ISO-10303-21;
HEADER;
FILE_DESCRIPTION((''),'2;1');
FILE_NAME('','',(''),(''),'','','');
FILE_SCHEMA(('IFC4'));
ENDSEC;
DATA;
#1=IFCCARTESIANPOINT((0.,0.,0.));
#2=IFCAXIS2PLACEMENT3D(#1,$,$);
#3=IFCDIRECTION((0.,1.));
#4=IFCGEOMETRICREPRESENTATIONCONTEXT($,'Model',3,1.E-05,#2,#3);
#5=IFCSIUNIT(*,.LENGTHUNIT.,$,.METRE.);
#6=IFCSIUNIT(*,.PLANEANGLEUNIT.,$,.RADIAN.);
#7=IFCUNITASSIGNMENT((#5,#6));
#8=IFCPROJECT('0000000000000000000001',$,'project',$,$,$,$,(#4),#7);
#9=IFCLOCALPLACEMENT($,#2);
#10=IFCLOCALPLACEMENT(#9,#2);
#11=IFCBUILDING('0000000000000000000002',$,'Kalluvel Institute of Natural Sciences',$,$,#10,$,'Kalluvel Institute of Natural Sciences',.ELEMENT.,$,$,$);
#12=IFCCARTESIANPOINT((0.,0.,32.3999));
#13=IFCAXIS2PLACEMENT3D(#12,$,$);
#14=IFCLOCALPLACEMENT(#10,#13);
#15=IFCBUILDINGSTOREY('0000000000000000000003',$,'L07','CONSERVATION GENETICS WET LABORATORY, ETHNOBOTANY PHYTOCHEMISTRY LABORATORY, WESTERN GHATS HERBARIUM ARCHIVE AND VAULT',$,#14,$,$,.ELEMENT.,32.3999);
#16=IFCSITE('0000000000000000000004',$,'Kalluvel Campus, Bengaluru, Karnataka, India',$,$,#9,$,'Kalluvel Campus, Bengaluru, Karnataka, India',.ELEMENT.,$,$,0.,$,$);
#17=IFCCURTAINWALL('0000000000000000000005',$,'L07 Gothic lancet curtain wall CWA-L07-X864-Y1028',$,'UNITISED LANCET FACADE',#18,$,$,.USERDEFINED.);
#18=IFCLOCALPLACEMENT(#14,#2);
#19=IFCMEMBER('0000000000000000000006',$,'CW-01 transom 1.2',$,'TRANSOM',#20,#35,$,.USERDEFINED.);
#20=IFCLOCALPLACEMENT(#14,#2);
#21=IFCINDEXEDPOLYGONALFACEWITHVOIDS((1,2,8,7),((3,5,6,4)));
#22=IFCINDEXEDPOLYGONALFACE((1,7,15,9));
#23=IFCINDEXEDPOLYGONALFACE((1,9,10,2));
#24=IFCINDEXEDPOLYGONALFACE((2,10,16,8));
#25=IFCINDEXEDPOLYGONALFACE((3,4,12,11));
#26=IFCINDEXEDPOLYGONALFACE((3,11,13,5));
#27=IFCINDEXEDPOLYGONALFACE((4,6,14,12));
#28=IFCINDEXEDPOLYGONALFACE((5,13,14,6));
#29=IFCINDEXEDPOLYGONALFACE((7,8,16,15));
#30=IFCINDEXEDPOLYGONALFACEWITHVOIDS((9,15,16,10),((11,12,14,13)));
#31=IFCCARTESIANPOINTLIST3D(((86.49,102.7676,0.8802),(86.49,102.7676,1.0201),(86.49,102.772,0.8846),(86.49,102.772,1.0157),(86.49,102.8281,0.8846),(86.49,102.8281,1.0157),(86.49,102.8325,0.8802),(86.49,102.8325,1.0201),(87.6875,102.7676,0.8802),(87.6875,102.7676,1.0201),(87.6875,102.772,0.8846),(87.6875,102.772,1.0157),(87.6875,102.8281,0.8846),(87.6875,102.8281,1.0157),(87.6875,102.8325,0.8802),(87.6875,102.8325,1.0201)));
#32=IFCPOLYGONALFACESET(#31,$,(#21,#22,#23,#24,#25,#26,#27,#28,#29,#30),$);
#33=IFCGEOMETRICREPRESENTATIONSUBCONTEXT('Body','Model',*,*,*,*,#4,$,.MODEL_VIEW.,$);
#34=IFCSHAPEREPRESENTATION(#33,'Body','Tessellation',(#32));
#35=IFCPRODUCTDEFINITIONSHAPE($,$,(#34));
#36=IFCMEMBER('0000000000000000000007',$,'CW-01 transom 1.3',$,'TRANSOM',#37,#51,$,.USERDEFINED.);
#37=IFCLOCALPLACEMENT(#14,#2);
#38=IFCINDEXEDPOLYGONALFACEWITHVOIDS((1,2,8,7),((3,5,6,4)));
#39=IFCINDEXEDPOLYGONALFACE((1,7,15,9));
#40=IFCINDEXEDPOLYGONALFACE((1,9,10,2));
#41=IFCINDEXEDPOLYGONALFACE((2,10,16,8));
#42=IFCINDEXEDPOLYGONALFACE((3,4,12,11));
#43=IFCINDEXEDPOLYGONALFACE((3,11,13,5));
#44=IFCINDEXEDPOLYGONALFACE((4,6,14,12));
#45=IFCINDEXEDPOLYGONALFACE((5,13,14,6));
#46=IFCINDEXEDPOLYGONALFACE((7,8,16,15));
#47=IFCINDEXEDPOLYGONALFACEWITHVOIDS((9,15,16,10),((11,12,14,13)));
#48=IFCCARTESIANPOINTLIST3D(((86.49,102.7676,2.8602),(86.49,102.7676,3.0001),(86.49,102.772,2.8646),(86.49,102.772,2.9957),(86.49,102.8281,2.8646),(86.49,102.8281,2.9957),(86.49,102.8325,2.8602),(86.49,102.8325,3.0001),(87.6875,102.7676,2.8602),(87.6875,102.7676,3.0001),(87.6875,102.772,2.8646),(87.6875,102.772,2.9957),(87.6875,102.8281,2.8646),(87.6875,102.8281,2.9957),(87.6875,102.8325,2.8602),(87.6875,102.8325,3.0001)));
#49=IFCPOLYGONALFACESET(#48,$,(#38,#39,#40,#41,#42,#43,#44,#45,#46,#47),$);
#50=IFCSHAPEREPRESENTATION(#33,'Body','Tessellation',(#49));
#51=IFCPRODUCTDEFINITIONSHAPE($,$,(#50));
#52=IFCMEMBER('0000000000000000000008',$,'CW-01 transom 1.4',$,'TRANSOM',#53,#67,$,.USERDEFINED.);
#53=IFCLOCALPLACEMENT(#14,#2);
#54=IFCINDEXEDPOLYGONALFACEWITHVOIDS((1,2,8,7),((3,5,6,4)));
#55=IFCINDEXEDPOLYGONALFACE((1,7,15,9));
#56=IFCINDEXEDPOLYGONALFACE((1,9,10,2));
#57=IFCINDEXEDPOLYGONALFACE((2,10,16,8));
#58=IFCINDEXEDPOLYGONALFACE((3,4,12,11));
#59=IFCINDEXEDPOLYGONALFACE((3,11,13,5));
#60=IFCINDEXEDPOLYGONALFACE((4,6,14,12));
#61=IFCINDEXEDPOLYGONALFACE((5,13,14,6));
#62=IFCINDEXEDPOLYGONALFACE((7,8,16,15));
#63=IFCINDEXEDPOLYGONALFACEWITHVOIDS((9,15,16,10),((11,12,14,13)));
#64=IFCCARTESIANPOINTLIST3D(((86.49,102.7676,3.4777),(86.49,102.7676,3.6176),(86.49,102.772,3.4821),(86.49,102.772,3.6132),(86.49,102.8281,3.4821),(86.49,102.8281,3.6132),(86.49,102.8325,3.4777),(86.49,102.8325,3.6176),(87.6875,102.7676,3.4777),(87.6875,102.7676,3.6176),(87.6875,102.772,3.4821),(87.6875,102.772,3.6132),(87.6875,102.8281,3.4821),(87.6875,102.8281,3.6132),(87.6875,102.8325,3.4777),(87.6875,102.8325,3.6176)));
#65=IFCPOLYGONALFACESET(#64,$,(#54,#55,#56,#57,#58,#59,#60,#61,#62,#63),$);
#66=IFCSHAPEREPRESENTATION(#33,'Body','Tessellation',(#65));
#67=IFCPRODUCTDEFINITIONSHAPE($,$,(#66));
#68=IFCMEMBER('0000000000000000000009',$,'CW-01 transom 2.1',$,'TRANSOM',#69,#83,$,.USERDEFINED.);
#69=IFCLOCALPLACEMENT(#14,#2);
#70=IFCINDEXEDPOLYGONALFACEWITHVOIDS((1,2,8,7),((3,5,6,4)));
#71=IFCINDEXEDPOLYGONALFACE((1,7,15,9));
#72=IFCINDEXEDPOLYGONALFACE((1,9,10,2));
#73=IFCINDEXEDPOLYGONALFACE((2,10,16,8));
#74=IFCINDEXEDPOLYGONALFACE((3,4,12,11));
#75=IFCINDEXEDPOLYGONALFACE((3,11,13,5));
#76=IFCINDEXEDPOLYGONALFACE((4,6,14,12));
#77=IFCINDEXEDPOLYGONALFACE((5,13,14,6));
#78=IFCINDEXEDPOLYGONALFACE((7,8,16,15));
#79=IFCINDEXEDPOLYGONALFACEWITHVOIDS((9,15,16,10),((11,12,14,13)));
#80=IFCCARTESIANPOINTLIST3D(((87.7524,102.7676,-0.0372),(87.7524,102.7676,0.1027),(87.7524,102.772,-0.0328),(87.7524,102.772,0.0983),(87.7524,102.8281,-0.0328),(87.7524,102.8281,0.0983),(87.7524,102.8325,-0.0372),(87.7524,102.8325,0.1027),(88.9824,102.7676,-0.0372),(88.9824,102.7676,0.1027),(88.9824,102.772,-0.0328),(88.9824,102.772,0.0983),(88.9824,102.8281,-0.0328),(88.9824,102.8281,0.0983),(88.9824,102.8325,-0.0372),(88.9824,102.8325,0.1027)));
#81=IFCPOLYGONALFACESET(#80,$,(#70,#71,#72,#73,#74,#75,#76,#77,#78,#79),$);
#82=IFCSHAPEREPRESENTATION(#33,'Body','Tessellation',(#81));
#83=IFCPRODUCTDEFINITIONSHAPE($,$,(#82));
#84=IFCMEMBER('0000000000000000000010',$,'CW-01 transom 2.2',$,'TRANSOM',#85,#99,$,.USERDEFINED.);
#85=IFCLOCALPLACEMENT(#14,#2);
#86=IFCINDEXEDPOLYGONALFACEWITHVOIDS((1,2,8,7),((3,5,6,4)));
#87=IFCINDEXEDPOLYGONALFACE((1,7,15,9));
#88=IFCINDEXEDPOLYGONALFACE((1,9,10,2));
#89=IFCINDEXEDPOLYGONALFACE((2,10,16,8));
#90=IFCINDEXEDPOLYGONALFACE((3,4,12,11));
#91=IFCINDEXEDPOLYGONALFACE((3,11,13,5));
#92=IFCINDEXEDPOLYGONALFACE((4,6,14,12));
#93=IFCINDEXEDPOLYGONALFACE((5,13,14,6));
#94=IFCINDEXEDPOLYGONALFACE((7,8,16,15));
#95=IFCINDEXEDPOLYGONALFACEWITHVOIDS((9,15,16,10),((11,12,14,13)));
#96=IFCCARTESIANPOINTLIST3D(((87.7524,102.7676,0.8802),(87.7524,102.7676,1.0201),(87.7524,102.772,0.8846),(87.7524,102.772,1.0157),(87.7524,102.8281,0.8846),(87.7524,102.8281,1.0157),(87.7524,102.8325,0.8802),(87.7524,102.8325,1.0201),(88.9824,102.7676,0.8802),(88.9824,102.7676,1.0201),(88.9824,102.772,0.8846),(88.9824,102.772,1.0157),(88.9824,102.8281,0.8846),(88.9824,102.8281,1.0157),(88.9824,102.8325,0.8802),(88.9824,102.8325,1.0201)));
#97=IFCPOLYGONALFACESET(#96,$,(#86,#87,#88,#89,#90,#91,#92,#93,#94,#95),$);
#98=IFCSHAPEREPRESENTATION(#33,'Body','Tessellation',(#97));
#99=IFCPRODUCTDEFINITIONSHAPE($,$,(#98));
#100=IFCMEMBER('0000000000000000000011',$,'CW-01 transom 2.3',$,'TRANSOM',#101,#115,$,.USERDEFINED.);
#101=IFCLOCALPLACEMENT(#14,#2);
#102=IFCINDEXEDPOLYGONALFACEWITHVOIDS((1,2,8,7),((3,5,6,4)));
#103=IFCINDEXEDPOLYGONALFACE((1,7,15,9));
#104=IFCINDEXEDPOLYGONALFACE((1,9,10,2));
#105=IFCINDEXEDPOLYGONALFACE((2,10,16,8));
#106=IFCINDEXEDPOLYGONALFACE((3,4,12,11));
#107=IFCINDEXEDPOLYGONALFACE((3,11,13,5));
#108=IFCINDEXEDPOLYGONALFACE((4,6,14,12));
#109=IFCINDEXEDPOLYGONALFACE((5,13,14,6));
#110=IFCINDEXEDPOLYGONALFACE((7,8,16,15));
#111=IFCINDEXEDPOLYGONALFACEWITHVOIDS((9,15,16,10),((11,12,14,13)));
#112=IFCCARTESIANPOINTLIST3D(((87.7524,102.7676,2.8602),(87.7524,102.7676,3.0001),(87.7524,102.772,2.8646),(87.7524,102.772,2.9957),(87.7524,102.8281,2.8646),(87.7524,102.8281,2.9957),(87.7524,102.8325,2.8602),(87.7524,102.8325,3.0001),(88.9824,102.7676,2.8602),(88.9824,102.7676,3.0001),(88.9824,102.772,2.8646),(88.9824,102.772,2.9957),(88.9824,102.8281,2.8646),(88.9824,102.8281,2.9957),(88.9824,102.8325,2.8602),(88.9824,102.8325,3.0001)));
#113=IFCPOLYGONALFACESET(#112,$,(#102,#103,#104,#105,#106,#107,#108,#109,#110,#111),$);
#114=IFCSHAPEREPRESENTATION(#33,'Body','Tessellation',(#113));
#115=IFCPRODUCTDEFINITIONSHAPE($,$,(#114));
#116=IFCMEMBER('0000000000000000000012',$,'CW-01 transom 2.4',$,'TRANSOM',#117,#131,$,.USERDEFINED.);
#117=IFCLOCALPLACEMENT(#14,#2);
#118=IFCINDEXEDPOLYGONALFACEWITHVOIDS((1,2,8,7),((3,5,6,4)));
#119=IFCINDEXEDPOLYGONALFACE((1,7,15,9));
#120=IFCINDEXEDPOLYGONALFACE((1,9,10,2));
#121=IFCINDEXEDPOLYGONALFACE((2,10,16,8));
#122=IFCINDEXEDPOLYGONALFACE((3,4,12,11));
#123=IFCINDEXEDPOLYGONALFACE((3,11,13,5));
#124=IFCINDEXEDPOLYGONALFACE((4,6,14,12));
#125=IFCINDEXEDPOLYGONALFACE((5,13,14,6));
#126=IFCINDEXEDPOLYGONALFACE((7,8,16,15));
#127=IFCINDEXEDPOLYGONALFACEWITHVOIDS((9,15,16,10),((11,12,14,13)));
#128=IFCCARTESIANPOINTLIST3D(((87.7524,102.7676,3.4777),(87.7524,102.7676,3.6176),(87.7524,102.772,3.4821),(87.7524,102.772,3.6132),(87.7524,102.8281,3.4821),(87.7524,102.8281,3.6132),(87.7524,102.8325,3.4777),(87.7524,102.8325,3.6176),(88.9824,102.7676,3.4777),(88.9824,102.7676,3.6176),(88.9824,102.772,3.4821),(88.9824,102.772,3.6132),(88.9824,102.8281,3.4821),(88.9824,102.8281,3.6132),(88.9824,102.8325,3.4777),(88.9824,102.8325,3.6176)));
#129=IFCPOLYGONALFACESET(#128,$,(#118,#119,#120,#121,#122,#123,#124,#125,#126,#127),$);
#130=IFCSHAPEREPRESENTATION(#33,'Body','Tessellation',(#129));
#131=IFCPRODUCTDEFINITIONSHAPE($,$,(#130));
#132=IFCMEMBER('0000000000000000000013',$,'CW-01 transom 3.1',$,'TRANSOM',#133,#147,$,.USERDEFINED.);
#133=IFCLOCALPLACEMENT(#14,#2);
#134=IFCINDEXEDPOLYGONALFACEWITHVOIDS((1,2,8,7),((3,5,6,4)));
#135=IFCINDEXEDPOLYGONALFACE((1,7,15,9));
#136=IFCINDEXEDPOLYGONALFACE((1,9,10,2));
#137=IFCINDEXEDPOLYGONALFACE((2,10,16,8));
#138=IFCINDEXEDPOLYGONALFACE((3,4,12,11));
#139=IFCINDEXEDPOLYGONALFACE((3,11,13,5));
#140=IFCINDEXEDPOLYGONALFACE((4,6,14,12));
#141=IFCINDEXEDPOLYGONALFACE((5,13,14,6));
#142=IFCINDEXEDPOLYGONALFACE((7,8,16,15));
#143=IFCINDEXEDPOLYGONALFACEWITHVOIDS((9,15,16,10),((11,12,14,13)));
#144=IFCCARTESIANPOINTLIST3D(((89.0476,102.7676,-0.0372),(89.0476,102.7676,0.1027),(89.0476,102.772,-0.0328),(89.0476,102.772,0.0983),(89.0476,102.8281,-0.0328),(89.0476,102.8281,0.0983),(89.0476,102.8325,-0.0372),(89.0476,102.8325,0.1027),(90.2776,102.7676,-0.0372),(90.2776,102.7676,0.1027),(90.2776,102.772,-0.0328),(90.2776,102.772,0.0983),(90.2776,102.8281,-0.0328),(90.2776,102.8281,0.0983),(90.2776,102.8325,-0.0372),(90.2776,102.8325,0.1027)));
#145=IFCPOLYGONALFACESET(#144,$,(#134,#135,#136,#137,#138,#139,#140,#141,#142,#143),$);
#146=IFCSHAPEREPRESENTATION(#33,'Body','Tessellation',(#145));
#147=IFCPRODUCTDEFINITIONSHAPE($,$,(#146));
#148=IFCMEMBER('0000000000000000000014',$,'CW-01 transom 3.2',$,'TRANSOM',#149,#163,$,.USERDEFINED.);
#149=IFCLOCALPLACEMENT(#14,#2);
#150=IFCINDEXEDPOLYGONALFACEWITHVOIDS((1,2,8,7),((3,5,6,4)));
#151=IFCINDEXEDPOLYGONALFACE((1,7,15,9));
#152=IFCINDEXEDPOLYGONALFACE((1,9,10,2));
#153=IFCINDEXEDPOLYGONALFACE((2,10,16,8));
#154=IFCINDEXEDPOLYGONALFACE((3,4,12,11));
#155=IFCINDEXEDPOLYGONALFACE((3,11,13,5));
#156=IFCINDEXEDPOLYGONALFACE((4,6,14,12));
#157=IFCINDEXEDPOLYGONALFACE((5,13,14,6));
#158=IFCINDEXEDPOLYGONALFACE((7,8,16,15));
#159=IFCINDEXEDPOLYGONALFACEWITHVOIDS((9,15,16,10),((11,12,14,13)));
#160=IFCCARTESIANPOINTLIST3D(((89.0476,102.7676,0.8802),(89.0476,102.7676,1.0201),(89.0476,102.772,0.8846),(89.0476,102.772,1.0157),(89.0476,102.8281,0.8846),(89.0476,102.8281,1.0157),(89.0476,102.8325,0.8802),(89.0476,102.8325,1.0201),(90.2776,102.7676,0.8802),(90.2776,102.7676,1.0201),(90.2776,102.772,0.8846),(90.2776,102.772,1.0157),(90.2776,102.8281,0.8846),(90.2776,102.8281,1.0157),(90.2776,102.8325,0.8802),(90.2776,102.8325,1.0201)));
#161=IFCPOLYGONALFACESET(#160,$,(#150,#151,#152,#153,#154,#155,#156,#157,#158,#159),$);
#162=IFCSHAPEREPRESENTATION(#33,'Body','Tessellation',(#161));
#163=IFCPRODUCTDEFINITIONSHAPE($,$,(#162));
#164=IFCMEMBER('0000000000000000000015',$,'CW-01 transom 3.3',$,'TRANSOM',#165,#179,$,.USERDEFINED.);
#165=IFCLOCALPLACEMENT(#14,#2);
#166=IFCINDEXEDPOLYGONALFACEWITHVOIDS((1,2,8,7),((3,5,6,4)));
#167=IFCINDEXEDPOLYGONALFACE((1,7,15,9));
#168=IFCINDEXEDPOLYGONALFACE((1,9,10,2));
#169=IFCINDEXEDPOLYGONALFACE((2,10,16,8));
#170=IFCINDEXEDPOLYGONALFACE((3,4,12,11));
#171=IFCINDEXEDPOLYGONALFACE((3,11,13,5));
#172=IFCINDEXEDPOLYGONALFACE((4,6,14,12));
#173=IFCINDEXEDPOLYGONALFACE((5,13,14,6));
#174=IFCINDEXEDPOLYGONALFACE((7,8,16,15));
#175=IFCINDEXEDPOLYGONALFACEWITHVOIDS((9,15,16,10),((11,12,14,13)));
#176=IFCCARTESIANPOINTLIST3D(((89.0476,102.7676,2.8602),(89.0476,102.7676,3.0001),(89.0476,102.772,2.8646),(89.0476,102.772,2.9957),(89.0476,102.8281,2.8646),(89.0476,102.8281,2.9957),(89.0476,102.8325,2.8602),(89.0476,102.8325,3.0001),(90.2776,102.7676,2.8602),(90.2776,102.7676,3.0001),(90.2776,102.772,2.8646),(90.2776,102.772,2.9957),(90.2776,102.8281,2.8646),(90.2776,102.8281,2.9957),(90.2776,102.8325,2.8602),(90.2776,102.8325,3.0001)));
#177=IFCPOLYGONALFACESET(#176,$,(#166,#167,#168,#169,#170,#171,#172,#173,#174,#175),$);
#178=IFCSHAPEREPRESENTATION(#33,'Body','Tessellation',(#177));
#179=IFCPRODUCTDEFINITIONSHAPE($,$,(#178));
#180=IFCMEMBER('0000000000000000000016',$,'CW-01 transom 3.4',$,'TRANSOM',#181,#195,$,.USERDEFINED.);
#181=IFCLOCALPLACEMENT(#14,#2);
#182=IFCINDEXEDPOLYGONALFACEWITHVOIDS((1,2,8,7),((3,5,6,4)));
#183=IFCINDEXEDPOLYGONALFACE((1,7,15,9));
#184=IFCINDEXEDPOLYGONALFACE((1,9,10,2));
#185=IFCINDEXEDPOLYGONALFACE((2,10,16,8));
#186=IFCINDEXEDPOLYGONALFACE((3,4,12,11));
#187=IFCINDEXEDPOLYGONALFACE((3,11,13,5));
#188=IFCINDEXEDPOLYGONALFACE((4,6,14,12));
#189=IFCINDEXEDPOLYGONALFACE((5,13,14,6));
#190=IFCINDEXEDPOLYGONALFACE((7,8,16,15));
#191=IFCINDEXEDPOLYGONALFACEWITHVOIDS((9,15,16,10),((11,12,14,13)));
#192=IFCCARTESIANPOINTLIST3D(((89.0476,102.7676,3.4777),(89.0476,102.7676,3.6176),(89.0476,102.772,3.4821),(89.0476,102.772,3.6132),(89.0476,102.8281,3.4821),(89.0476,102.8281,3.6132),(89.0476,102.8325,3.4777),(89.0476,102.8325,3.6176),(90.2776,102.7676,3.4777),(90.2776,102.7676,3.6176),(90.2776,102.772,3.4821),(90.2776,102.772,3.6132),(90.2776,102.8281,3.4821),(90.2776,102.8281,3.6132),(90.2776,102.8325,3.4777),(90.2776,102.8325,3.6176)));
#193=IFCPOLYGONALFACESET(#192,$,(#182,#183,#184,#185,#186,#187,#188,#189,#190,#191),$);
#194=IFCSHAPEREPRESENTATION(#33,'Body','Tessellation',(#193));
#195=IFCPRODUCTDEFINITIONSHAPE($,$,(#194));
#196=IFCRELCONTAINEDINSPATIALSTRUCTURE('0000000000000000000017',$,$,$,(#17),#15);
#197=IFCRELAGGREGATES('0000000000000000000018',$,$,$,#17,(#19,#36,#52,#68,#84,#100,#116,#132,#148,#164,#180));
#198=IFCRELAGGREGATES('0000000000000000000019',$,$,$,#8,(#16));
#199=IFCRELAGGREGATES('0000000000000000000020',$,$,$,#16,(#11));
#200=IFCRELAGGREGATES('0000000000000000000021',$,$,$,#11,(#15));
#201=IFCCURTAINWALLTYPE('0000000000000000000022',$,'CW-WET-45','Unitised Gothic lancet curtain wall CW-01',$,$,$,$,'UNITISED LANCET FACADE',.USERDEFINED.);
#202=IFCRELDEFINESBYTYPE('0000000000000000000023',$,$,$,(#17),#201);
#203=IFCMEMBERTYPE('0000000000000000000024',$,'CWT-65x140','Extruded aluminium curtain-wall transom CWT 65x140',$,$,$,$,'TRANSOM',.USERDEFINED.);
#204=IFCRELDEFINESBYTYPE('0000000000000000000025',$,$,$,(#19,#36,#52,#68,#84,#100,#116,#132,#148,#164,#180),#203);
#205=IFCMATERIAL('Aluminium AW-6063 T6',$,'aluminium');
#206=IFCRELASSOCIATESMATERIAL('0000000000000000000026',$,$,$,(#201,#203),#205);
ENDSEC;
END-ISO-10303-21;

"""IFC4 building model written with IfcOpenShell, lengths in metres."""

from ifc_helpers import new_model, si_unit, direction, frame, origin, origin_2d, place, context, subcontext, project, spatial, hollow_rectangle, extrude, material, material_profile, profile_set, type_object, element, aggregate, save


model = new_model("IFC4")

# Units and contexts
model_context = context("Model", 3, precision=1e-05, world=origin(), true_north=direction((0.0, 1.0)))
body_context = subcontext(model_context, "Body", "Model", "MODEL_VIEW")
ifc_project = project(units=[si_unit("LENGTHUNIT", "METRE"), si_unit("PLANEANGLEUNIT", "RADIAN")], contexts=[model_context])

# Site, building, storey
site_placement = place(None, origin())
site = spatial("IfcSite", under=ifc_project, at=site_placement, Name="Kalluvel Campus, Bengaluru, Karnataka, India", LongName="Kalluvel Campus, Bengaluru, Karnataka, India", CompositionType="ELEMENT", RefElevation=0.0)
building_placement = place(site_placement, origin())
building = spatial("IfcBuilding", under=site, at=building_placement, Name="Kalluvel Institute of Natural Sciences", LongName="Kalluvel Institute of Natural Sciences", CompositionType="ELEMENT")
storey_placement = place(building_placement, frame((0.0, 0.0, 32.3999)))
storey = spatial("IfcBuildingStorey", under=building, at=storey_placement, Name="L07", Description="CONSERVATION GENETICS WET LABORATORY, ETHNOBOTANY PHYTOCHEMISTRY LABORATORY, WESTERN GHATS HERBARIUM ARCHIVE AND VAULT", CompositionType="ELEMENT", Elevation=32.3999)

# Curtain wall
ifc_material_1 = material(Name="Aluminium AW-6063 T6", Category="aluminium")
curtain_wall_type = type_object("IfcCurtainWallType", Name="CW-WET-45", Description="Unitised Gothic lancet curtain wall CW-01", ElementType="UNITISED LANCET FACADE", PredefinedType="USERDEFINED", material=ifc_material_1)
curtain_wall_1_placement = place(storey_placement, origin())
curtain_wall_1 = element("IfcCurtainWall", 1, at=curtain_wall_1_placement, inside=storey, type_object=curtain_wall_type, Name="L07 Gothic lancet curtain wall CWA-L07-X864-Y1028", ObjectType="UNITISED LANCET FACADE", PredefinedType="USERDEFINED")

# Members
ifc_material_profile_1 = material_profile(ifc_material_1, hollow_rectangle(XDim=0.0649, YDim=0.1399, WallThickness=0.0044, at=origin_2d()), Name="CWT 65x140")
ifc_profile_set_1 = profile_set([ifc_material_profile_1], Name="Aluminium AW-6063 T6")
member_type_1 = type_object("IfcMemberType", Name="CWT-65x140", Description="Extruded aluminium curtain-wall transom CWT 65x140", ElementType="TRANSOM", PredefinedType="USERDEFINED", material=ifc_profile_set_1)
member_1_placement = place(storey_placement, frame((86.49, 102.8, 0.9502), z_axis=(1.0, 0.0, 0.0), x_axis=(0.0, 1.0, 0.0)))
member_1 = element("IfcMember", 2, at=member_1_placement, type_object=member_type_1, Name="CW-01 transom 1.2", ObjectType="TRANSOM", PredefinedType="USERDEFINED", context=body_context, shape_type="SweptSolid", body=[
    extrude(hollow_rectangle(XDim=0.0649, YDim=0.1399, WallThickness=0.0044, at=origin_2d()), origin(), (0.0, 0.0, 1.0), 1.1975),
])
member_2_placement = place(storey_placement, frame((86.49, 102.8, 2.9302), z_axis=(1.0, 0.0, 0.0), x_axis=(0.0, 1.0, 0.0)))
member_2 = element("IfcMember", 3, at=member_2_placement, type_object=member_type_1, Name="CW-01 transom 1.3", ObjectType="TRANSOM", PredefinedType="USERDEFINED", context=body_context, shape_type="SweptSolid", body=[
    extrude(hollow_rectangle(XDim=0.0649, YDim=0.1399, WallThickness=0.0044, at=origin_2d()), origin(), (0.0, 0.0, 1.0), 1.1975),
])
member_3_placement = place(storey_placement, frame((86.49, 102.8, 3.5476), z_axis=(1.0, 0.0, 0.0), x_axis=(0.0, 1.0, 0.0)))
member_3 = element("IfcMember", 4, at=member_3_placement, type_object=member_type_1, Name="CW-01 transom 1.4", ObjectType="TRANSOM", PredefinedType="USERDEFINED", context=body_context, shape_type="SweptSolid", body=[
    extrude(hollow_rectangle(XDim=0.0649, YDim=0.1399, WallThickness=0.0044, at=origin_2d()), origin(), (0.0, 0.0, 1.0), 1.1975),
])
member_4_placement = place(storey_placement, frame((87.7524, 102.8, 0.0327), z_axis=(1.0, 0.0, 0.0), x_axis=(0.0, 1.0, 0.0)))
member_4 = element("IfcMember", 5, at=member_4_placement, type_object=member_type_1, Name="CW-01 transom 2.1", ObjectType="TRANSOM", PredefinedType="USERDEFINED", context=body_context, shape_type="SweptSolid", body=[
    extrude(hollow_rectangle(XDim=0.0649, YDim=0.1399, WallThickness=0.0044, at=origin_2d()), origin(), (0.0, 0.0, 1.0), 1.23),
])
member_5_placement = place(storey_placement, frame((87.7524, 102.8, 0.9502), z_axis=(1.0, 0.0, 0.0), x_axis=(0.0, 1.0, 0.0)))
member_5 = element("IfcMember", 6, at=member_5_placement, type_object=member_type_1, Name="CW-01 transom 2.2", ObjectType="TRANSOM", PredefinedType="USERDEFINED", context=body_context, shape_type="SweptSolid", body=[
    extrude(hollow_rectangle(XDim=0.0649, YDim=0.1399, WallThickness=0.0044, at=origin_2d()), origin(), (0.0, 0.0, 1.0), 1.23),
])
member_6_placement = place(storey_placement, frame((87.7524, 102.8, 2.9302), z_axis=(1.0, 0.0, 0.0), x_axis=(0.0, 1.0, 0.0)))
member_6 = element("IfcMember", 7, at=member_6_placement, type_object=member_type_1, Name="CW-01 transom 2.3", ObjectType="TRANSOM", PredefinedType="USERDEFINED", context=body_context, shape_type="SweptSolid", body=[
    extrude(hollow_rectangle(XDim=0.0649, YDim=0.1399, WallThickness=0.0044, at=origin_2d()), origin(), (0.0, 0.0, 1.0), 1.23),
])
member_7_placement = place(storey_placement, frame((87.7524, 102.8, 3.5476), z_axis=(1.0, 0.0, 0.0), x_axis=(0.0, 1.0, 0.0)))
member_7 = element("IfcMember", 8, at=member_7_placement, type_object=member_type_1, Name="CW-01 transom 2.4", ObjectType="TRANSOM", PredefinedType="USERDEFINED", context=body_context, shape_type="SweptSolid", body=[
    extrude(hollow_rectangle(XDim=0.0649, YDim=0.1399, WallThickness=0.0044, at=origin_2d()), origin(), (0.0, 0.0, 1.0), 1.23),
])
member_8_placement = place(storey_placement, frame((89.0476, 102.8, 0.0327), z_axis=(1.0, 0.0, 0.0), x_axis=(0.0, 1.0, 0.0)))
member_8 = element("IfcMember", 9, at=member_8_placement, type_object=member_type_1, Name="CW-01 transom 3.1", ObjectType="TRANSOM", PredefinedType="USERDEFINED", context=body_context, shape_type="SweptSolid", body=[
    extrude(hollow_rectangle(XDim=0.0649, YDim=0.1399, WallThickness=0.0044, at=origin_2d()), origin(), (0.0, 0.0, 1.0), 1.23),
])
member_9_placement = place(storey_placement, frame((89.0476, 102.8, 0.9502), z_axis=(1.0, 0.0, 0.0), x_axis=(0.0, 1.0, 0.0)))
member_9 = element("IfcMember", 10, at=member_9_placement, type_object=member_type_1, Name="CW-01 transom 3.2", ObjectType="TRANSOM", PredefinedType="USERDEFINED", context=body_context, shape_type="SweptSolid", body=[
    extrude(hollow_rectangle(XDim=0.0649, YDim=0.1399, WallThickness=0.0044, at=origin_2d()), origin(), (0.0, 0.0, 1.0), 1.23),
])
member_10_placement = place(storey_placement, frame((89.0476, 102.8, 2.9302), z_axis=(1.0, 0.0, 0.0), x_axis=(0.0, 1.0, 0.0)))
member_10 = element("IfcMember", 11, at=member_10_placement, type_object=member_type_1, Name="CW-01 transom 3.3", ObjectType="TRANSOM", PredefinedType="USERDEFINED", context=body_context, shape_type="SweptSolid", body=[
    extrude(hollow_rectangle(XDim=0.0649, YDim=0.1399, WallThickness=0.0044, at=origin_2d()), origin(), (0.0, 0.0, 1.0), 1.23),
])
member_11_placement = place(storey_placement, frame((89.0476, 102.8, 3.5476), z_axis=(1.0, 0.0, 0.0), x_axis=(0.0, 1.0, 0.0)))
member_11 = element("IfcMember", 12, at=member_11_placement, type_object=member_type_1, Name="CW-01 transom 3.4", ObjectType="TRANSOM", PredefinedType="USERDEFINED", context=body_context, shape_type="SweptSolid", body=[
    extrude(hollow_rectangle(XDim=0.0649, YDim=0.1399, WallThickness=0.0044, at=origin_2d()), origin(), (0.0, 0.0, 1.0), 1.23),
])

aggregate(curtain_wall_1, [member_1, member_2, member_3, member_4, member_5, member_6, member_7, member_8, member_9, member_10, member_11])

save(model, "model.ifc")
